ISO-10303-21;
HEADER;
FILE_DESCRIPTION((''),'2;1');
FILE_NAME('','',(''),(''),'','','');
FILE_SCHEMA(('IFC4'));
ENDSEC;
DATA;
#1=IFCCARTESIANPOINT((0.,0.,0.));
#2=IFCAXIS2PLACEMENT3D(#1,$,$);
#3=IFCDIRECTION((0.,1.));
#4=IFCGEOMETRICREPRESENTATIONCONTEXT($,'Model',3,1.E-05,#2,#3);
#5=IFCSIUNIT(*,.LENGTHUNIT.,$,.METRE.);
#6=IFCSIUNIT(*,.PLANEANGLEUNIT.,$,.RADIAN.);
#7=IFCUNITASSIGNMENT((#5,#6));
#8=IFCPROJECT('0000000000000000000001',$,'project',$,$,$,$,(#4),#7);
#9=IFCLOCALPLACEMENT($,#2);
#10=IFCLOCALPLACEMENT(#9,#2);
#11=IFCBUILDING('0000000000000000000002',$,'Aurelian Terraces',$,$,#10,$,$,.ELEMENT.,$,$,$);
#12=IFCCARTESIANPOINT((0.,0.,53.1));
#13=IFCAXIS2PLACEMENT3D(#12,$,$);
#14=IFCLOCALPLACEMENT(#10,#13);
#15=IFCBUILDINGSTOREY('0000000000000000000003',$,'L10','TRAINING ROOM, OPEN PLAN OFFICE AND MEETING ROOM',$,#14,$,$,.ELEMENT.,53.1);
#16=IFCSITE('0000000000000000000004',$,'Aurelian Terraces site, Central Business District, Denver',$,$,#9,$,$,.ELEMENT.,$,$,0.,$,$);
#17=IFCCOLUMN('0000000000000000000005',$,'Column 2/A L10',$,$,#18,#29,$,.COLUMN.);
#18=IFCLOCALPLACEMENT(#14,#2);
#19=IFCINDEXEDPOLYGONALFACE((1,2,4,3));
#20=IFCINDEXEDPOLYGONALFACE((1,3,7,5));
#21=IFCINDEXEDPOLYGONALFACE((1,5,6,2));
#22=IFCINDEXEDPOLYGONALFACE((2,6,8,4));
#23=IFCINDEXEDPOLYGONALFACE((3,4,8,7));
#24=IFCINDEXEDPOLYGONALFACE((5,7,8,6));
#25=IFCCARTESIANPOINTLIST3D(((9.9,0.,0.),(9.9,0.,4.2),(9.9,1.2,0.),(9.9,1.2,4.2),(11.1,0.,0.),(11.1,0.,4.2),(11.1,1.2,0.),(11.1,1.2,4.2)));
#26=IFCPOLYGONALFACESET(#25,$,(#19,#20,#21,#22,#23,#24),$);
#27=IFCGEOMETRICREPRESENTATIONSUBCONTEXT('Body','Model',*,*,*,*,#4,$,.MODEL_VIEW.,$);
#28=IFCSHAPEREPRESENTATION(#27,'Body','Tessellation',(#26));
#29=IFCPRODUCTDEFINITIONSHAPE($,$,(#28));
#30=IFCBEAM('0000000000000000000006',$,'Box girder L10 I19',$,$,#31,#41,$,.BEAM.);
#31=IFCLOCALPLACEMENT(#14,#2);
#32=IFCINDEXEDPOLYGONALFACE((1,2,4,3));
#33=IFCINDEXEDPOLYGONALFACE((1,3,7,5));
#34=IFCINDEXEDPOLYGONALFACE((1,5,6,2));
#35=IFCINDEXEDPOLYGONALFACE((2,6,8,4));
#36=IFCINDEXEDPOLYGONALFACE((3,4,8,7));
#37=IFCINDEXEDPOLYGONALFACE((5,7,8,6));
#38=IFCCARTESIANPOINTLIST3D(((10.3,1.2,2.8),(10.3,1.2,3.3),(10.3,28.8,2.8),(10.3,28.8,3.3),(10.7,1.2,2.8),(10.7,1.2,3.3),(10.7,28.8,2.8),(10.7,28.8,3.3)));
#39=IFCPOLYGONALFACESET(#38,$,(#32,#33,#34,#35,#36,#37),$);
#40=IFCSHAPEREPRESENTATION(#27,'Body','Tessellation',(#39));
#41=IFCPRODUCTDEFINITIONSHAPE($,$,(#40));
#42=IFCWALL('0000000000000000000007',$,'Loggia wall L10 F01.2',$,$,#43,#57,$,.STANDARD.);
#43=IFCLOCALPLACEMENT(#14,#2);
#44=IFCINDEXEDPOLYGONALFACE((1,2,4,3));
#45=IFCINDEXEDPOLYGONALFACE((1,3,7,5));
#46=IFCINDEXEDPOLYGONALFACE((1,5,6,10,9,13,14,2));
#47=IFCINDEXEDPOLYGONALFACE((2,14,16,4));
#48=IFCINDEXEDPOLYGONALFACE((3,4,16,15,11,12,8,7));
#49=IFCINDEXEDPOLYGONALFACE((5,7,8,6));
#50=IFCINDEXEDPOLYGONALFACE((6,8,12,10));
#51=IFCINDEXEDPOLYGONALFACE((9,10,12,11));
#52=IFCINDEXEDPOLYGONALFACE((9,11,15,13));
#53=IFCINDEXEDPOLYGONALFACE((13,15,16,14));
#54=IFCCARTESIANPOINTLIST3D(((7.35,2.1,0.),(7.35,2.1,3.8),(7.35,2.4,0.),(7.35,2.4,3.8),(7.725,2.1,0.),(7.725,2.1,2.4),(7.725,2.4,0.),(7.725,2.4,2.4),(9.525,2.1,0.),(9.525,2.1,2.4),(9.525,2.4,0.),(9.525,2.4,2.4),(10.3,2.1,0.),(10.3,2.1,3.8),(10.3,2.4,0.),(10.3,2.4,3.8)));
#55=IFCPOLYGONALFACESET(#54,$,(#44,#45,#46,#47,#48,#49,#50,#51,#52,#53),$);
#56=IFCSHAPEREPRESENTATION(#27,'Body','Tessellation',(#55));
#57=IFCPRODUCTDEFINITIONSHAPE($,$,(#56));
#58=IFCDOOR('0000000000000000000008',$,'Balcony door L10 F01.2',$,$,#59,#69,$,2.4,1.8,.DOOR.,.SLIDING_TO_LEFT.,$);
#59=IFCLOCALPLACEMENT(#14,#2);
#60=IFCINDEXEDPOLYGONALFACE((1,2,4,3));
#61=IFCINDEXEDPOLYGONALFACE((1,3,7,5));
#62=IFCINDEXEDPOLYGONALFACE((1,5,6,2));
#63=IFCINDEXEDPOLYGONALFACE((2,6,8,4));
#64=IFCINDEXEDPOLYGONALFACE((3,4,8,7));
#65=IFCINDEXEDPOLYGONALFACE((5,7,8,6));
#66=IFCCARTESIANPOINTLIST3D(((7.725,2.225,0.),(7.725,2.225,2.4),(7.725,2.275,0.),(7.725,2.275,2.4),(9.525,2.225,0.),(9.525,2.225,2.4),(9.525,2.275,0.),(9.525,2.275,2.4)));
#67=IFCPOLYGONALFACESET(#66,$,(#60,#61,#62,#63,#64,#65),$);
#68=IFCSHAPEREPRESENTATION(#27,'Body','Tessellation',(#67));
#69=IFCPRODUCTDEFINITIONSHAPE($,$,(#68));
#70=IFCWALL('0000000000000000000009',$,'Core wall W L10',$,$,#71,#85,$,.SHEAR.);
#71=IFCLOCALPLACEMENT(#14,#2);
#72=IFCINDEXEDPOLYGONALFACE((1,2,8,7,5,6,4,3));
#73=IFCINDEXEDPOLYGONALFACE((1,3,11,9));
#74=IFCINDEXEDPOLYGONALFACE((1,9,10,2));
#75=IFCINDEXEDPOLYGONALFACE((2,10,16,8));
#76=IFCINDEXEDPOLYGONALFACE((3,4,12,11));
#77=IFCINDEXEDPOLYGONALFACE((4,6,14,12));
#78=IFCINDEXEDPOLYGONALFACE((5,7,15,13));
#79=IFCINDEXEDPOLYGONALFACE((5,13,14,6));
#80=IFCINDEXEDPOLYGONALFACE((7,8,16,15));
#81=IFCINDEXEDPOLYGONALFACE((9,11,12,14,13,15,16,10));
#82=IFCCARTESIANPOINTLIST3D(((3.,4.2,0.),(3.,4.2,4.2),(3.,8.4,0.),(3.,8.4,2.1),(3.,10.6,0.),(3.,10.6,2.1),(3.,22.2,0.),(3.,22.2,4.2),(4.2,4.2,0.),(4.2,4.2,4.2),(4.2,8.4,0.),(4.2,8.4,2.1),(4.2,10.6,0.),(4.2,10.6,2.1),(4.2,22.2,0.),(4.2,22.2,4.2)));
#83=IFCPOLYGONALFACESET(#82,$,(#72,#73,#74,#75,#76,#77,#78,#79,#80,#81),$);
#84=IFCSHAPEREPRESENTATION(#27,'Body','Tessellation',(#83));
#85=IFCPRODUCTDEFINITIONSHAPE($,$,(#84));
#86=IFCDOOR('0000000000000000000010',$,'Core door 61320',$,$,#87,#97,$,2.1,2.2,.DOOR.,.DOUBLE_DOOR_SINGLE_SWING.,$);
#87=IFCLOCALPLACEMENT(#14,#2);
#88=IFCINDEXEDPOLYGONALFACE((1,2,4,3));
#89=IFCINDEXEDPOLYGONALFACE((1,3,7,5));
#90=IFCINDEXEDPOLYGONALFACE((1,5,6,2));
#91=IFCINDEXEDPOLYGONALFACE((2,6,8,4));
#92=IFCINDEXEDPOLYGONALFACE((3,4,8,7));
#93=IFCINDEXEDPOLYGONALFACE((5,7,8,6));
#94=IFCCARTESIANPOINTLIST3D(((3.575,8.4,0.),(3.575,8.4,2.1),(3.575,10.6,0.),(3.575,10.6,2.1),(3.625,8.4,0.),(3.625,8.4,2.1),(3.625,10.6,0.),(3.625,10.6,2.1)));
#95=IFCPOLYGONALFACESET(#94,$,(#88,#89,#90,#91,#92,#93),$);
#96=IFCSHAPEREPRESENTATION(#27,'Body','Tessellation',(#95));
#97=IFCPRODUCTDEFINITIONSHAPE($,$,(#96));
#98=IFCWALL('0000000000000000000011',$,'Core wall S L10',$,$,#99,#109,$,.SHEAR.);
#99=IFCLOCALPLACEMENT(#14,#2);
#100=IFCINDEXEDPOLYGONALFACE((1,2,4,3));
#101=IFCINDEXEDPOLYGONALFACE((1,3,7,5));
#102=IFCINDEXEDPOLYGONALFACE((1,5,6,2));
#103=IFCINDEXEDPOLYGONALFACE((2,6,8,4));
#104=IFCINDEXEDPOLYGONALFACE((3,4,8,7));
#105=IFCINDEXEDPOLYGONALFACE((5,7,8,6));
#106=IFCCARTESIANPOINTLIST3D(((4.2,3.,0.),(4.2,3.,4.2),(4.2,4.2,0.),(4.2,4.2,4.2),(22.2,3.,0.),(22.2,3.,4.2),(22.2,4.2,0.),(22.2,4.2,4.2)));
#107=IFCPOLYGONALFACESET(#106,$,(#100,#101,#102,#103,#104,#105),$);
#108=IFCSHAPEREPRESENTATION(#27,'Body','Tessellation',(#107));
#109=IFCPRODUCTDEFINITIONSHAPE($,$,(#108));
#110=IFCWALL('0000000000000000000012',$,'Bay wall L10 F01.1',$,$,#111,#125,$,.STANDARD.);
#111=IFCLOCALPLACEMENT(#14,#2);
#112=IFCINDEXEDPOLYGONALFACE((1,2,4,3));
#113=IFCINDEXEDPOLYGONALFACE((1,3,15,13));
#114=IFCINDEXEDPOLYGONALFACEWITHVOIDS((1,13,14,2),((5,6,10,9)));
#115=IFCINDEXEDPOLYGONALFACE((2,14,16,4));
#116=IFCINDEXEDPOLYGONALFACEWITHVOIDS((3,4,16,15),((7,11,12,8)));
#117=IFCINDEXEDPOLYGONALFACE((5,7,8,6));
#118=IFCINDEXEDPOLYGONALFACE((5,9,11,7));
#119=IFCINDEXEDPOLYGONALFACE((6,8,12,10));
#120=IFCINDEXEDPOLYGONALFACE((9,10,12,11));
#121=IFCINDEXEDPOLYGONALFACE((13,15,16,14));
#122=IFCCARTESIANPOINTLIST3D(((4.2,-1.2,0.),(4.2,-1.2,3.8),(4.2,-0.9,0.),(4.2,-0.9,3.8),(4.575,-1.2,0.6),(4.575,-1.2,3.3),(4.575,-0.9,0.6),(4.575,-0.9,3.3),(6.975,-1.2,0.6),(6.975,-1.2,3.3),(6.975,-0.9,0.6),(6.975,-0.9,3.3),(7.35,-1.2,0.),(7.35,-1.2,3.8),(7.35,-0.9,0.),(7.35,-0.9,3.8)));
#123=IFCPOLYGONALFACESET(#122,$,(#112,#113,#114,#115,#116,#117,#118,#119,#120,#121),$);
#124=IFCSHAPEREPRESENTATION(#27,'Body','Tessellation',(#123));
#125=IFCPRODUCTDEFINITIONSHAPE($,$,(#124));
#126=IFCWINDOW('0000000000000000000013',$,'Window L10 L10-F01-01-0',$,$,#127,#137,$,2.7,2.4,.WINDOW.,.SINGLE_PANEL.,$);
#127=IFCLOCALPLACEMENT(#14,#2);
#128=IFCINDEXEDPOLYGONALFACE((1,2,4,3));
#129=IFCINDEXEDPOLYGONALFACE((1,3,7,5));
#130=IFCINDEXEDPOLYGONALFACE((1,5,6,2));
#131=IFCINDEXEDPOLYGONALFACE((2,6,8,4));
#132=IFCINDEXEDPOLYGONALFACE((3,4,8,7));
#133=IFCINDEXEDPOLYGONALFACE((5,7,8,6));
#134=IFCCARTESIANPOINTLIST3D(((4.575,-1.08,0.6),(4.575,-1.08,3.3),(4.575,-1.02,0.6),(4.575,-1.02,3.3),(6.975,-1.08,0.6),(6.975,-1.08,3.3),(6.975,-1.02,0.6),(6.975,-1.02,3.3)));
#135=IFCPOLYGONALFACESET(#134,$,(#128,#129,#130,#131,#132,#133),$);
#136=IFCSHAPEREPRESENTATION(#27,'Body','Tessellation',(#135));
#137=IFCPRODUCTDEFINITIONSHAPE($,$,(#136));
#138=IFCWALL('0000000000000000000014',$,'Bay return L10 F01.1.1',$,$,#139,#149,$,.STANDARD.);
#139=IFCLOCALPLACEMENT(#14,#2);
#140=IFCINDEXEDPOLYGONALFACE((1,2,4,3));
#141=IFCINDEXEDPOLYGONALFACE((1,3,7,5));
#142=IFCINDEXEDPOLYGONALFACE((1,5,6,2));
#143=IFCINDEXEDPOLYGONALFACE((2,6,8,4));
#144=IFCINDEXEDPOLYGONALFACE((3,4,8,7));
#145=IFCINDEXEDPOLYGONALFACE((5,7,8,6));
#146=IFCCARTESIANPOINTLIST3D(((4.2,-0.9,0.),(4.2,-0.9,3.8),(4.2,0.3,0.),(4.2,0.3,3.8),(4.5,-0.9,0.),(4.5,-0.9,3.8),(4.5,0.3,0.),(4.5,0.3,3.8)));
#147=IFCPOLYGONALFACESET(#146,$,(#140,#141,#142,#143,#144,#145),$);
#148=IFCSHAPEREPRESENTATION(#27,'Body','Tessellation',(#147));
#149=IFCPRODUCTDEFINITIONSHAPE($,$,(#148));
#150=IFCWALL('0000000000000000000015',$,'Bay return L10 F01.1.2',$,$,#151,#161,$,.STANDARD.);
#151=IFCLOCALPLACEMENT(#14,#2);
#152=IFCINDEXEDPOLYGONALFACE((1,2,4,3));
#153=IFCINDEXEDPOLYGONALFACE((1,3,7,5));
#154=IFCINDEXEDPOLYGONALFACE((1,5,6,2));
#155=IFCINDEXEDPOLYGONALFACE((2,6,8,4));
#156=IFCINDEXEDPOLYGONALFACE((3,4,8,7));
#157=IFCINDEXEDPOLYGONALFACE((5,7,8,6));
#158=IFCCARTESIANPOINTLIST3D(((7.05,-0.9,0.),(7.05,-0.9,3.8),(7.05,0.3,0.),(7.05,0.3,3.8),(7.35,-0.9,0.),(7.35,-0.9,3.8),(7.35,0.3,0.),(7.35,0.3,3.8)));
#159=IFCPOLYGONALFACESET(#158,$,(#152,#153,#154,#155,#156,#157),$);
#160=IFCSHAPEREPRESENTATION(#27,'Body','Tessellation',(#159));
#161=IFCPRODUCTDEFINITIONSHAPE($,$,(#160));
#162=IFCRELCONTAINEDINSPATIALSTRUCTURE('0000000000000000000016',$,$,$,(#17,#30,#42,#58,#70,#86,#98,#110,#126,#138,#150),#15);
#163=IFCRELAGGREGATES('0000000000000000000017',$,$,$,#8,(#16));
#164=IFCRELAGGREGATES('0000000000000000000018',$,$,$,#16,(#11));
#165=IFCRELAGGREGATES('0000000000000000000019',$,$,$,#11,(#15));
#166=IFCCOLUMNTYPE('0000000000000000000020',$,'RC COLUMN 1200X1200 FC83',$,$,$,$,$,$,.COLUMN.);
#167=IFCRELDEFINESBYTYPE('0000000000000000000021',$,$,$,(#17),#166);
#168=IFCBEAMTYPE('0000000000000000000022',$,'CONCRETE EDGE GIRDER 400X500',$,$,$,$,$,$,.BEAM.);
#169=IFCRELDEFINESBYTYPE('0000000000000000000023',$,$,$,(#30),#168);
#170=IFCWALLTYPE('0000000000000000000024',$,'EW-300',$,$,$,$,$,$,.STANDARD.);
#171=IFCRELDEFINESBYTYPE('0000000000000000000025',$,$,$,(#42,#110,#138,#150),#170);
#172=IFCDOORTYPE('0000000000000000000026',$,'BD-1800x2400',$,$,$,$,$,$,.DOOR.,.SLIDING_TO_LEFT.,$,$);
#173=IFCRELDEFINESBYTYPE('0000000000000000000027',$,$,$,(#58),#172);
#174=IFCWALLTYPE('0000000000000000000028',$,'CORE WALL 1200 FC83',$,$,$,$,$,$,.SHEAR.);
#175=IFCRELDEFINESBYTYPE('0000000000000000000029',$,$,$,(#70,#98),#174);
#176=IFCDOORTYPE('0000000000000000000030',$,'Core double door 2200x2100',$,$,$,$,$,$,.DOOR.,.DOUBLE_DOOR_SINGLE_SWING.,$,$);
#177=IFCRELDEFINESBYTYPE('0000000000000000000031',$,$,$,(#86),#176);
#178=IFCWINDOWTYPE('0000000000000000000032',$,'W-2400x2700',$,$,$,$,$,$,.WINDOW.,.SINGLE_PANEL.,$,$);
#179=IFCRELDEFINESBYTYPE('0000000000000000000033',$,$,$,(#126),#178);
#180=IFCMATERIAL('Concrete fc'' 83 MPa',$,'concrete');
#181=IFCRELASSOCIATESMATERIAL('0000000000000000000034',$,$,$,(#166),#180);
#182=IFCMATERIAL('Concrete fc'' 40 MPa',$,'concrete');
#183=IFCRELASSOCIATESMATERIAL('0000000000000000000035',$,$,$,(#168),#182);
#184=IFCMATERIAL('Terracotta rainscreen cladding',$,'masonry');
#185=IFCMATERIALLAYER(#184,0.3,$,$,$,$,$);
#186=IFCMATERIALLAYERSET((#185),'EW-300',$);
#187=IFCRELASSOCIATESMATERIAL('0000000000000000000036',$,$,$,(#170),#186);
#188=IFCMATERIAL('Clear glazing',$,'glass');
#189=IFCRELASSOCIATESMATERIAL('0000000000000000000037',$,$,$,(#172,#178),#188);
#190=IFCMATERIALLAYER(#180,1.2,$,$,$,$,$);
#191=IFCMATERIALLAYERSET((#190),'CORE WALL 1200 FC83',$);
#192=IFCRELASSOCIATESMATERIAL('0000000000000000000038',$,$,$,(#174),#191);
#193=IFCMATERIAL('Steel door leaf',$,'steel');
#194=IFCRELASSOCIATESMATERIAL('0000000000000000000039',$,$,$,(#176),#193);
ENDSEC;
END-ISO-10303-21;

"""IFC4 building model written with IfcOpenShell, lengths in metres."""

from ifc_helpers import new_model, si_unit, direction, frame, frame_2d, origin, origin_2d, place, context, subcontext, project, spatial, rectangle, extrude, source, transform, mapped, material, layer, layer_set, material_profile, profile_set, type_object, element, fill, save


model = new_model("IFC4")

# Units and contexts
model_context = context("Model", 3, precision=1e-05, world=origin(), true_north=direction((0.0, 1.0)))
body_context = subcontext(model_context, "Body", "Model", "MODEL_VIEW")
ifc_project = project(units=[si_unit("LENGTHUNIT", "METRE"), si_unit("PLANEANGLEUNIT", "RADIAN")], contexts=[model_context])

# Site, building, storey
site_placement = place(None, origin())
site = spatial("IfcSite", under=ifc_project, at=site_placement, Name="Aurelian Terraces site, Central Business District, Denver", CompositionType="ELEMENT", RefElevation=0.0)
building_placement = place(site_placement, origin())
building = spatial("IfcBuilding", under=site, at=building_placement, Name="Aurelian Terraces", CompositionType="ELEMENT")
storey_placement = place(building_placement, frame((0.0, 0.0, 53.1)))
storey = spatial("IfcBuildingStorey", under=building, at=storey_placement, Name="L10", Description="TRAINING ROOM, OPEN PLAN OFFICE AND MEETING ROOM", CompositionType="ELEMENT", Elevation=53.1)

# Column
ifc_material_1 = material(Name="Concrete fc' 83 MPa", Category="concrete")
ifc_material_profile_1 = material_profile(ifc_material_1, rectangle(XDim=1.2, YDim=1.2, at=origin_2d()))
ifc_profile_set_1 = profile_set([ifc_material_profile_1], Name="Concrete fc' 83 MPa")
column_type = type_object("IfcColumnType", Name="RC COLUMN 1200X1200 FC83", PredefinedType="COLUMN", material=ifc_profile_set_1)
shared_shape_1 = source(origin(), body_context, "Body", "SweptSolid", [
    extrude(rectangle(XDim=1.2, YDim=1.2, at=origin_2d()), origin(), (0.0, 0.0, 1.0), 4.2),
])
column_placement = place(storey_placement, frame((10.5, 0.6, 0.0), z_axis=(0.0, 0.0, 1.0), x_axis=(1.0, 0.0, 0.0)))
element("IfcColumn", 1, at=column_placement, inside=storey, type_object=column_type, Name="Column 2/A L10", PredefinedType="COLUMN", context=body_context, shape_type="MappedRepresentation", body=[
    mapped(shared_shape_1, transform((0.0, 0.0, 0.0), scale=1.0)),
])

# Beam
ifc_material_2 = material(Name="Concrete fc' 40 MPa", Category="concrete")
ifc_material_profile_2 = material_profile(ifc_material_2, rectangle(XDim=0.4, YDim=0.5, at=origin_2d()))
ifc_profile_set_2 = profile_set([ifc_material_profile_2], Name="Concrete fc' 40 MPa")
beam_type = type_object("IfcBeamType", Name="CONCRETE EDGE GIRDER 400X500", PredefinedType="BEAM", material=ifc_profile_set_2)
shared_shape_2 = source(origin(), body_context, "Body", "SweptSolid", [
    extrude(rectangle(XDim=0.4, YDim=0.5, at=origin_2d()), origin(), (0.0, 0.0, 1.0), 27.6),
])
beam_placement = place(storey_placement, frame((10.5, 1.2, 3.05), z_axis=(0.0, 1.0, 0.0), x_axis=(-1.0, 0.0, 0.0)))
element("IfcBeam", 2, at=beam_placement, inside=storey, type_object=beam_type, Name="Box girder L10 I19", PredefinedType="BEAM", context=body_context, shape_type="MappedRepresentation", body=[
    mapped(shared_shape_2, transform((0.0, 0.0, 0.0), scale=1.0)),
])

# Walls, openings, doors
ifc_material_3 = material(Name="Terracotta rainscreen cladding", Category="masonry")
ifc_layer_1 = layer(ifc_material_3, 0.3)
ifc_layer_set_1 = layer_set([ifc_layer_1], Name="EW-300")
wall_type_1 = type_object("IfcWallType", Name="EW-300", PredefinedType="STANDARD", material=ifc_layer_set_1)
wall_1_placement = place(storey_placement, frame((7.35, 2.25, 0.0), z_axis=(0.0, 0.0, 1.0), x_axis=(1.0, 0.0, 0.0)))
wall_1 = element("IfcWall", 3, at=wall_1_placement, inside=storey, type_object=wall_type_1, Name="Loggia wall L10 F01.2", PredefinedType="STANDARD", context=body_context, shape_type="SweptSolid", body=[
    extrude(rectangle(XDim=2.95, YDim=0.3, at=frame_2d((1.475, 0.0))), origin(), (0.0, 0.0, 1.0), 3.8),
])
shared_shape_3 = source(origin(), body_context, "Body", "SweptSolid", [
    extrude(rectangle(XDim=1.8, YDim=2.4, at=frame_2d((0.9, 1.2))), frame((0.0, 0.16, 0.0), z_axis=(0.0, -1.0, 0.0), x_axis=(1.0, 0.0, 0.0)), (0.0, 0.0, 1.0), 0.32),
])
opening_1_placement = place(wall_1_placement, frame((0.375, 0.0, 0.0)))
opening_1 = element("IfcOpeningElement", 4, at=opening_1_placement, cuts=wall_1, PredefinedType="OPENING", context=body_context, shape_type="MappedRepresentation", body=[
    mapped(shared_shape_3, transform((0.0, 0.0, 0.0), scale=1.0)),
])
ifc_material_4 = material(Name="Clear glazing", Category="glass")
door_type_1 = type_object("IfcDoorType", Name="BD-1800x2400", OperationType="SLIDING_TO_LEFT", PredefinedType="DOOR", material=ifc_material_4)
shared_shape_4 = source(origin(), body_context, "Body", "SweptSolid", [
    extrude(rectangle(XDim=1.8, YDim=2.4, at=frame_2d((0.9, 1.2))), frame((0.0, 0.025, 0.0), z_axis=(0.0, -1.0, 0.0), x_axis=(1.0, 0.0, 0.0)), (0.0, 0.0, 1.0), 0.05),
])
door_1_placement = place(opening_1_placement, origin())
door_1 = element("IfcDoor", 5, at=door_1_placement, inside=storey, type_object=door_type_1, Name="Balcony door L10 F01.2", OperationType="SLIDING_TO_LEFT", OverallHeight=2.4, OverallWidth=1.8, PredefinedType="DOOR", context=body_context, shape_type="MappedRepresentation", body=[
    mapped(shared_shape_4, transform((0.0, 0.0, 0.0), scale=1.0)),
])
fill(opening_1, door_1)
ifc_layer_2 = layer(ifc_material_1, 1.2)
ifc_layer_set_2 = layer_set([ifc_layer_2], Name="CORE WALL 1200 FC83")
wall_type_2 = type_object("IfcWallType", Name="CORE WALL 1200 FC83", PredefinedType="SHEAR", material=ifc_layer_set_2)
shared_shape_5 = source(origin(), body_context, "Body", "SweptSolid", [
    extrude(rectangle(XDim=18.0, YDim=1.2, at=frame_2d((9.0, 0.0))), origin(), (0.0, 0.0, 1.0), 4.2),
])
wall_2_placement = place(storey_placement, frame((3.6, 4.2, 0.0), z_axis=(0.0, 0.0, 1.0), x_axis=(0.0, 1.0, 0.0)))
wall_2 = element("IfcWall", 6, at=wall_2_placement, inside=storey, type_object=wall_type_2, Name="Core wall W L10", PredefinedType="SHEAR", context=body_context, shape_type="MappedRepresentation", body=[
    mapped(shared_shape_5, transform((0.0, 0.0, 0.0), scale=1.0)),
])
shared_shape_6 = source(origin(), body_context, "Body", "SweptSolid", [
    extrude(rectangle(XDim=2.2, YDim=2.1, at=frame_2d((1.1, 1.05))), frame((0.0, 0.61, 0.0), z_axis=(0.0, -1.0, 0.0), x_axis=(1.0, 0.0, 0.0)), (0.0, 0.0, 1.0), 1.22),
])
opening_2_placement = place(wall_2_placement, frame((4.2, 0.0, 0.0)))
opening_2 = element("IfcOpeningElement", 7, at=opening_2_placement, cuts=wall_2, PredefinedType="OPENING", context=body_context, shape_type="MappedRepresentation", body=[
    mapped(shared_shape_6, transform((0.0, 0.0, 0.0), scale=1.0)),
])
ifc_material_5 = material(Name="Steel door leaf", Category="steel")
door_type_2 = type_object("IfcDoorType", Name="Core double door 2200x2100", OperationType="DOUBLE_DOOR_SINGLE_SWING", PredefinedType="DOOR", material=ifc_material_5)
shared_shape_7 = source(origin(), body_context, "Body", "SweptSolid", [
    extrude(rectangle(XDim=2.2, YDim=2.1, at=frame_2d((1.1, 1.05))), frame((0.0, 0.025, 0.0), z_axis=(0.0, -1.0, 0.0), x_axis=(1.0, 0.0, 0.0)), (0.0, 0.0, 1.0), 0.05),
])
door_2_placement = place(opening_2_placement, origin())
door_2 = element("IfcDoor", 8, at=door_2_placement, inside=storey, type_object=door_type_2, Name="Core door 61320", OperationType="DOUBLE_DOOR_SINGLE_SWING", OverallHeight=2.1, OverallWidth=2.2, PredefinedType="DOOR", context=body_context, shape_type="MappedRepresentation", body=[
    mapped(shared_shape_7, transform((0.0, 0.0, 0.0), scale=1.0)),
])
fill(opening_2, door_2)

# Wall
wall_3_placement = place(storey_placement, frame((4.2, 3.6, 0.0), z_axis=(0.0, 0.0, 1.0), x_axis=(1.0, 0.0, 0.0)))
element("IfcWall", 9, at=wall_3_placement, inside=storey, type_object=wall_type_2, Name="Core wall S L10", PredefinedType="SHEAR", context=body_context, shape_type="MappedRepresentation", body=[
    mapped(shared_shape_5, transform((0.0, 0.0, 0.0), scale=1.0)),
])

# Wall, opening, window
shared_shape_8 = source(origin(), body_context, "Body", "SweptSolid", [
    extrude(rectangle(XDim=3.15, YDim=0.3, at=frame_2d((1.575, 0.0))), origin(), (0.0, 0.0, 1.0), 3.8),
])
wall_4_placement = place(storey_placement, frame((4.2, -1.05, 0.0), z_axis=(0.0, 0.0, 1.0), x_axis=(1.0, 0.0, 0.0)))
wall_4 = element("IfcWall", 10, at=wall_4_placement, inside=storey, type_object=wall_type_1, Name="Bay wall L10 F01.1", PredefinedType="STANDARD", context=body_context, shape_type="MappedRepresentation", body=[
    mapped(shared_shape_8, transform((0.0, 0.0, 0.0), scale=1.0)),
])
shared_shape_9 = source(origin(), body_context, "Body", "SweptSolid", [
    extrude(rectangle(XDim=2.4, YDim=2.7, at=frame_2d((1.2, 1.35))), frame((0.0, 0.16, 0.0), z_axis=(0.0, -1.0, 0.0), x_axis=(1.0, 0.0, 0.0)), (0.0, 0.0, 1.0), 0.32),
])
opening_3_placement = place(wall_4_placement, frame((0.375, 0.0, 0.6)))
opening_3 = element("IfcOpeningElement", 11, at=opening_3_placement, cuts=wall_4, PredefinedType="OPENING", context=body_context, shape_type="MappedRepresentation", body=[
    mapped(shared_shape_9, transform((0.0, 0.0, 0.0), scale=1.0)),
])
window_type_1 = type_object("IfcWindowType", Name="W-2400x2700", PartitioningType="SINGLE_PANEL", PredefinedType="WINDOW", material=ifc_material_4)
shared_shape_10 = source(origin(), body_context, "Body", "SweptSolid", [
    extrude(rectangle(XDim=2.4, YDim=2.7, at=frame_2d((1.2, 1.35))), frame((0.0, 0.03, 0.0), z_axis=(0.0, -1.0, 0.0), x_axis=(1.0, 0.0, 0.0)), (0.0, 0.0, 1.0), 0.06),
])
window_1_placement = place(opening_3_placement, origin())
window_1 = element("IfcWindow", 12, at=window_1_placement, inside=storey, type_object=window_type_1, Name="Window L10 L10-F01-01-0", OverallHeight=2.7, OverallWidth=2.4, PartitioningType="SINGLE_PANEL", PredefinedType="WINDOW", context=body_context, shape_type="MappedRepresentation", body=[
    mapped(shared_shape_10, transform((0.0, 0.0, 0.0), scale=1.0)),
])
fill(opening_3, window_1)

# Walls
shared_shape_11 = source(origin(), body_context, "Body", "SweptSolid", [
    extrude(rectangle(XDim=1.2, YDim=0.3, at=frame_2d((0.6, 0.0))), origin(), (0.0, 0.0, 1.0), 3.8),
])
for number, where, z_axis, x_axis, name in (
    (13, (4.35, 0.3, 0.0), (0.0, 0.0, 1.0), (0.0, -1.0, 0.0), "Bay return L10 F01.1.1"),
    (14, (7.2, 0.3, 0.0), (0.0, 0.0, 1.0), (0.0, -1.0, 0.0), "Bay return L10 F01.1.2"),
):
    element("IfcWall", number, at=place(storey_placement, frame(where, z_axis=z_axis, x_axis=x_axis)), inside=storey, type_object=wall_type_1, Name=name, PredefinedType="STANDARD", context=body_context, shape_type="MappedRepresentation", body=[
        mapped(shared_shape_11, transform((0.0, 0.0, 0.0), scale=1.0)),
    ])

save(model, "model.ifc")
